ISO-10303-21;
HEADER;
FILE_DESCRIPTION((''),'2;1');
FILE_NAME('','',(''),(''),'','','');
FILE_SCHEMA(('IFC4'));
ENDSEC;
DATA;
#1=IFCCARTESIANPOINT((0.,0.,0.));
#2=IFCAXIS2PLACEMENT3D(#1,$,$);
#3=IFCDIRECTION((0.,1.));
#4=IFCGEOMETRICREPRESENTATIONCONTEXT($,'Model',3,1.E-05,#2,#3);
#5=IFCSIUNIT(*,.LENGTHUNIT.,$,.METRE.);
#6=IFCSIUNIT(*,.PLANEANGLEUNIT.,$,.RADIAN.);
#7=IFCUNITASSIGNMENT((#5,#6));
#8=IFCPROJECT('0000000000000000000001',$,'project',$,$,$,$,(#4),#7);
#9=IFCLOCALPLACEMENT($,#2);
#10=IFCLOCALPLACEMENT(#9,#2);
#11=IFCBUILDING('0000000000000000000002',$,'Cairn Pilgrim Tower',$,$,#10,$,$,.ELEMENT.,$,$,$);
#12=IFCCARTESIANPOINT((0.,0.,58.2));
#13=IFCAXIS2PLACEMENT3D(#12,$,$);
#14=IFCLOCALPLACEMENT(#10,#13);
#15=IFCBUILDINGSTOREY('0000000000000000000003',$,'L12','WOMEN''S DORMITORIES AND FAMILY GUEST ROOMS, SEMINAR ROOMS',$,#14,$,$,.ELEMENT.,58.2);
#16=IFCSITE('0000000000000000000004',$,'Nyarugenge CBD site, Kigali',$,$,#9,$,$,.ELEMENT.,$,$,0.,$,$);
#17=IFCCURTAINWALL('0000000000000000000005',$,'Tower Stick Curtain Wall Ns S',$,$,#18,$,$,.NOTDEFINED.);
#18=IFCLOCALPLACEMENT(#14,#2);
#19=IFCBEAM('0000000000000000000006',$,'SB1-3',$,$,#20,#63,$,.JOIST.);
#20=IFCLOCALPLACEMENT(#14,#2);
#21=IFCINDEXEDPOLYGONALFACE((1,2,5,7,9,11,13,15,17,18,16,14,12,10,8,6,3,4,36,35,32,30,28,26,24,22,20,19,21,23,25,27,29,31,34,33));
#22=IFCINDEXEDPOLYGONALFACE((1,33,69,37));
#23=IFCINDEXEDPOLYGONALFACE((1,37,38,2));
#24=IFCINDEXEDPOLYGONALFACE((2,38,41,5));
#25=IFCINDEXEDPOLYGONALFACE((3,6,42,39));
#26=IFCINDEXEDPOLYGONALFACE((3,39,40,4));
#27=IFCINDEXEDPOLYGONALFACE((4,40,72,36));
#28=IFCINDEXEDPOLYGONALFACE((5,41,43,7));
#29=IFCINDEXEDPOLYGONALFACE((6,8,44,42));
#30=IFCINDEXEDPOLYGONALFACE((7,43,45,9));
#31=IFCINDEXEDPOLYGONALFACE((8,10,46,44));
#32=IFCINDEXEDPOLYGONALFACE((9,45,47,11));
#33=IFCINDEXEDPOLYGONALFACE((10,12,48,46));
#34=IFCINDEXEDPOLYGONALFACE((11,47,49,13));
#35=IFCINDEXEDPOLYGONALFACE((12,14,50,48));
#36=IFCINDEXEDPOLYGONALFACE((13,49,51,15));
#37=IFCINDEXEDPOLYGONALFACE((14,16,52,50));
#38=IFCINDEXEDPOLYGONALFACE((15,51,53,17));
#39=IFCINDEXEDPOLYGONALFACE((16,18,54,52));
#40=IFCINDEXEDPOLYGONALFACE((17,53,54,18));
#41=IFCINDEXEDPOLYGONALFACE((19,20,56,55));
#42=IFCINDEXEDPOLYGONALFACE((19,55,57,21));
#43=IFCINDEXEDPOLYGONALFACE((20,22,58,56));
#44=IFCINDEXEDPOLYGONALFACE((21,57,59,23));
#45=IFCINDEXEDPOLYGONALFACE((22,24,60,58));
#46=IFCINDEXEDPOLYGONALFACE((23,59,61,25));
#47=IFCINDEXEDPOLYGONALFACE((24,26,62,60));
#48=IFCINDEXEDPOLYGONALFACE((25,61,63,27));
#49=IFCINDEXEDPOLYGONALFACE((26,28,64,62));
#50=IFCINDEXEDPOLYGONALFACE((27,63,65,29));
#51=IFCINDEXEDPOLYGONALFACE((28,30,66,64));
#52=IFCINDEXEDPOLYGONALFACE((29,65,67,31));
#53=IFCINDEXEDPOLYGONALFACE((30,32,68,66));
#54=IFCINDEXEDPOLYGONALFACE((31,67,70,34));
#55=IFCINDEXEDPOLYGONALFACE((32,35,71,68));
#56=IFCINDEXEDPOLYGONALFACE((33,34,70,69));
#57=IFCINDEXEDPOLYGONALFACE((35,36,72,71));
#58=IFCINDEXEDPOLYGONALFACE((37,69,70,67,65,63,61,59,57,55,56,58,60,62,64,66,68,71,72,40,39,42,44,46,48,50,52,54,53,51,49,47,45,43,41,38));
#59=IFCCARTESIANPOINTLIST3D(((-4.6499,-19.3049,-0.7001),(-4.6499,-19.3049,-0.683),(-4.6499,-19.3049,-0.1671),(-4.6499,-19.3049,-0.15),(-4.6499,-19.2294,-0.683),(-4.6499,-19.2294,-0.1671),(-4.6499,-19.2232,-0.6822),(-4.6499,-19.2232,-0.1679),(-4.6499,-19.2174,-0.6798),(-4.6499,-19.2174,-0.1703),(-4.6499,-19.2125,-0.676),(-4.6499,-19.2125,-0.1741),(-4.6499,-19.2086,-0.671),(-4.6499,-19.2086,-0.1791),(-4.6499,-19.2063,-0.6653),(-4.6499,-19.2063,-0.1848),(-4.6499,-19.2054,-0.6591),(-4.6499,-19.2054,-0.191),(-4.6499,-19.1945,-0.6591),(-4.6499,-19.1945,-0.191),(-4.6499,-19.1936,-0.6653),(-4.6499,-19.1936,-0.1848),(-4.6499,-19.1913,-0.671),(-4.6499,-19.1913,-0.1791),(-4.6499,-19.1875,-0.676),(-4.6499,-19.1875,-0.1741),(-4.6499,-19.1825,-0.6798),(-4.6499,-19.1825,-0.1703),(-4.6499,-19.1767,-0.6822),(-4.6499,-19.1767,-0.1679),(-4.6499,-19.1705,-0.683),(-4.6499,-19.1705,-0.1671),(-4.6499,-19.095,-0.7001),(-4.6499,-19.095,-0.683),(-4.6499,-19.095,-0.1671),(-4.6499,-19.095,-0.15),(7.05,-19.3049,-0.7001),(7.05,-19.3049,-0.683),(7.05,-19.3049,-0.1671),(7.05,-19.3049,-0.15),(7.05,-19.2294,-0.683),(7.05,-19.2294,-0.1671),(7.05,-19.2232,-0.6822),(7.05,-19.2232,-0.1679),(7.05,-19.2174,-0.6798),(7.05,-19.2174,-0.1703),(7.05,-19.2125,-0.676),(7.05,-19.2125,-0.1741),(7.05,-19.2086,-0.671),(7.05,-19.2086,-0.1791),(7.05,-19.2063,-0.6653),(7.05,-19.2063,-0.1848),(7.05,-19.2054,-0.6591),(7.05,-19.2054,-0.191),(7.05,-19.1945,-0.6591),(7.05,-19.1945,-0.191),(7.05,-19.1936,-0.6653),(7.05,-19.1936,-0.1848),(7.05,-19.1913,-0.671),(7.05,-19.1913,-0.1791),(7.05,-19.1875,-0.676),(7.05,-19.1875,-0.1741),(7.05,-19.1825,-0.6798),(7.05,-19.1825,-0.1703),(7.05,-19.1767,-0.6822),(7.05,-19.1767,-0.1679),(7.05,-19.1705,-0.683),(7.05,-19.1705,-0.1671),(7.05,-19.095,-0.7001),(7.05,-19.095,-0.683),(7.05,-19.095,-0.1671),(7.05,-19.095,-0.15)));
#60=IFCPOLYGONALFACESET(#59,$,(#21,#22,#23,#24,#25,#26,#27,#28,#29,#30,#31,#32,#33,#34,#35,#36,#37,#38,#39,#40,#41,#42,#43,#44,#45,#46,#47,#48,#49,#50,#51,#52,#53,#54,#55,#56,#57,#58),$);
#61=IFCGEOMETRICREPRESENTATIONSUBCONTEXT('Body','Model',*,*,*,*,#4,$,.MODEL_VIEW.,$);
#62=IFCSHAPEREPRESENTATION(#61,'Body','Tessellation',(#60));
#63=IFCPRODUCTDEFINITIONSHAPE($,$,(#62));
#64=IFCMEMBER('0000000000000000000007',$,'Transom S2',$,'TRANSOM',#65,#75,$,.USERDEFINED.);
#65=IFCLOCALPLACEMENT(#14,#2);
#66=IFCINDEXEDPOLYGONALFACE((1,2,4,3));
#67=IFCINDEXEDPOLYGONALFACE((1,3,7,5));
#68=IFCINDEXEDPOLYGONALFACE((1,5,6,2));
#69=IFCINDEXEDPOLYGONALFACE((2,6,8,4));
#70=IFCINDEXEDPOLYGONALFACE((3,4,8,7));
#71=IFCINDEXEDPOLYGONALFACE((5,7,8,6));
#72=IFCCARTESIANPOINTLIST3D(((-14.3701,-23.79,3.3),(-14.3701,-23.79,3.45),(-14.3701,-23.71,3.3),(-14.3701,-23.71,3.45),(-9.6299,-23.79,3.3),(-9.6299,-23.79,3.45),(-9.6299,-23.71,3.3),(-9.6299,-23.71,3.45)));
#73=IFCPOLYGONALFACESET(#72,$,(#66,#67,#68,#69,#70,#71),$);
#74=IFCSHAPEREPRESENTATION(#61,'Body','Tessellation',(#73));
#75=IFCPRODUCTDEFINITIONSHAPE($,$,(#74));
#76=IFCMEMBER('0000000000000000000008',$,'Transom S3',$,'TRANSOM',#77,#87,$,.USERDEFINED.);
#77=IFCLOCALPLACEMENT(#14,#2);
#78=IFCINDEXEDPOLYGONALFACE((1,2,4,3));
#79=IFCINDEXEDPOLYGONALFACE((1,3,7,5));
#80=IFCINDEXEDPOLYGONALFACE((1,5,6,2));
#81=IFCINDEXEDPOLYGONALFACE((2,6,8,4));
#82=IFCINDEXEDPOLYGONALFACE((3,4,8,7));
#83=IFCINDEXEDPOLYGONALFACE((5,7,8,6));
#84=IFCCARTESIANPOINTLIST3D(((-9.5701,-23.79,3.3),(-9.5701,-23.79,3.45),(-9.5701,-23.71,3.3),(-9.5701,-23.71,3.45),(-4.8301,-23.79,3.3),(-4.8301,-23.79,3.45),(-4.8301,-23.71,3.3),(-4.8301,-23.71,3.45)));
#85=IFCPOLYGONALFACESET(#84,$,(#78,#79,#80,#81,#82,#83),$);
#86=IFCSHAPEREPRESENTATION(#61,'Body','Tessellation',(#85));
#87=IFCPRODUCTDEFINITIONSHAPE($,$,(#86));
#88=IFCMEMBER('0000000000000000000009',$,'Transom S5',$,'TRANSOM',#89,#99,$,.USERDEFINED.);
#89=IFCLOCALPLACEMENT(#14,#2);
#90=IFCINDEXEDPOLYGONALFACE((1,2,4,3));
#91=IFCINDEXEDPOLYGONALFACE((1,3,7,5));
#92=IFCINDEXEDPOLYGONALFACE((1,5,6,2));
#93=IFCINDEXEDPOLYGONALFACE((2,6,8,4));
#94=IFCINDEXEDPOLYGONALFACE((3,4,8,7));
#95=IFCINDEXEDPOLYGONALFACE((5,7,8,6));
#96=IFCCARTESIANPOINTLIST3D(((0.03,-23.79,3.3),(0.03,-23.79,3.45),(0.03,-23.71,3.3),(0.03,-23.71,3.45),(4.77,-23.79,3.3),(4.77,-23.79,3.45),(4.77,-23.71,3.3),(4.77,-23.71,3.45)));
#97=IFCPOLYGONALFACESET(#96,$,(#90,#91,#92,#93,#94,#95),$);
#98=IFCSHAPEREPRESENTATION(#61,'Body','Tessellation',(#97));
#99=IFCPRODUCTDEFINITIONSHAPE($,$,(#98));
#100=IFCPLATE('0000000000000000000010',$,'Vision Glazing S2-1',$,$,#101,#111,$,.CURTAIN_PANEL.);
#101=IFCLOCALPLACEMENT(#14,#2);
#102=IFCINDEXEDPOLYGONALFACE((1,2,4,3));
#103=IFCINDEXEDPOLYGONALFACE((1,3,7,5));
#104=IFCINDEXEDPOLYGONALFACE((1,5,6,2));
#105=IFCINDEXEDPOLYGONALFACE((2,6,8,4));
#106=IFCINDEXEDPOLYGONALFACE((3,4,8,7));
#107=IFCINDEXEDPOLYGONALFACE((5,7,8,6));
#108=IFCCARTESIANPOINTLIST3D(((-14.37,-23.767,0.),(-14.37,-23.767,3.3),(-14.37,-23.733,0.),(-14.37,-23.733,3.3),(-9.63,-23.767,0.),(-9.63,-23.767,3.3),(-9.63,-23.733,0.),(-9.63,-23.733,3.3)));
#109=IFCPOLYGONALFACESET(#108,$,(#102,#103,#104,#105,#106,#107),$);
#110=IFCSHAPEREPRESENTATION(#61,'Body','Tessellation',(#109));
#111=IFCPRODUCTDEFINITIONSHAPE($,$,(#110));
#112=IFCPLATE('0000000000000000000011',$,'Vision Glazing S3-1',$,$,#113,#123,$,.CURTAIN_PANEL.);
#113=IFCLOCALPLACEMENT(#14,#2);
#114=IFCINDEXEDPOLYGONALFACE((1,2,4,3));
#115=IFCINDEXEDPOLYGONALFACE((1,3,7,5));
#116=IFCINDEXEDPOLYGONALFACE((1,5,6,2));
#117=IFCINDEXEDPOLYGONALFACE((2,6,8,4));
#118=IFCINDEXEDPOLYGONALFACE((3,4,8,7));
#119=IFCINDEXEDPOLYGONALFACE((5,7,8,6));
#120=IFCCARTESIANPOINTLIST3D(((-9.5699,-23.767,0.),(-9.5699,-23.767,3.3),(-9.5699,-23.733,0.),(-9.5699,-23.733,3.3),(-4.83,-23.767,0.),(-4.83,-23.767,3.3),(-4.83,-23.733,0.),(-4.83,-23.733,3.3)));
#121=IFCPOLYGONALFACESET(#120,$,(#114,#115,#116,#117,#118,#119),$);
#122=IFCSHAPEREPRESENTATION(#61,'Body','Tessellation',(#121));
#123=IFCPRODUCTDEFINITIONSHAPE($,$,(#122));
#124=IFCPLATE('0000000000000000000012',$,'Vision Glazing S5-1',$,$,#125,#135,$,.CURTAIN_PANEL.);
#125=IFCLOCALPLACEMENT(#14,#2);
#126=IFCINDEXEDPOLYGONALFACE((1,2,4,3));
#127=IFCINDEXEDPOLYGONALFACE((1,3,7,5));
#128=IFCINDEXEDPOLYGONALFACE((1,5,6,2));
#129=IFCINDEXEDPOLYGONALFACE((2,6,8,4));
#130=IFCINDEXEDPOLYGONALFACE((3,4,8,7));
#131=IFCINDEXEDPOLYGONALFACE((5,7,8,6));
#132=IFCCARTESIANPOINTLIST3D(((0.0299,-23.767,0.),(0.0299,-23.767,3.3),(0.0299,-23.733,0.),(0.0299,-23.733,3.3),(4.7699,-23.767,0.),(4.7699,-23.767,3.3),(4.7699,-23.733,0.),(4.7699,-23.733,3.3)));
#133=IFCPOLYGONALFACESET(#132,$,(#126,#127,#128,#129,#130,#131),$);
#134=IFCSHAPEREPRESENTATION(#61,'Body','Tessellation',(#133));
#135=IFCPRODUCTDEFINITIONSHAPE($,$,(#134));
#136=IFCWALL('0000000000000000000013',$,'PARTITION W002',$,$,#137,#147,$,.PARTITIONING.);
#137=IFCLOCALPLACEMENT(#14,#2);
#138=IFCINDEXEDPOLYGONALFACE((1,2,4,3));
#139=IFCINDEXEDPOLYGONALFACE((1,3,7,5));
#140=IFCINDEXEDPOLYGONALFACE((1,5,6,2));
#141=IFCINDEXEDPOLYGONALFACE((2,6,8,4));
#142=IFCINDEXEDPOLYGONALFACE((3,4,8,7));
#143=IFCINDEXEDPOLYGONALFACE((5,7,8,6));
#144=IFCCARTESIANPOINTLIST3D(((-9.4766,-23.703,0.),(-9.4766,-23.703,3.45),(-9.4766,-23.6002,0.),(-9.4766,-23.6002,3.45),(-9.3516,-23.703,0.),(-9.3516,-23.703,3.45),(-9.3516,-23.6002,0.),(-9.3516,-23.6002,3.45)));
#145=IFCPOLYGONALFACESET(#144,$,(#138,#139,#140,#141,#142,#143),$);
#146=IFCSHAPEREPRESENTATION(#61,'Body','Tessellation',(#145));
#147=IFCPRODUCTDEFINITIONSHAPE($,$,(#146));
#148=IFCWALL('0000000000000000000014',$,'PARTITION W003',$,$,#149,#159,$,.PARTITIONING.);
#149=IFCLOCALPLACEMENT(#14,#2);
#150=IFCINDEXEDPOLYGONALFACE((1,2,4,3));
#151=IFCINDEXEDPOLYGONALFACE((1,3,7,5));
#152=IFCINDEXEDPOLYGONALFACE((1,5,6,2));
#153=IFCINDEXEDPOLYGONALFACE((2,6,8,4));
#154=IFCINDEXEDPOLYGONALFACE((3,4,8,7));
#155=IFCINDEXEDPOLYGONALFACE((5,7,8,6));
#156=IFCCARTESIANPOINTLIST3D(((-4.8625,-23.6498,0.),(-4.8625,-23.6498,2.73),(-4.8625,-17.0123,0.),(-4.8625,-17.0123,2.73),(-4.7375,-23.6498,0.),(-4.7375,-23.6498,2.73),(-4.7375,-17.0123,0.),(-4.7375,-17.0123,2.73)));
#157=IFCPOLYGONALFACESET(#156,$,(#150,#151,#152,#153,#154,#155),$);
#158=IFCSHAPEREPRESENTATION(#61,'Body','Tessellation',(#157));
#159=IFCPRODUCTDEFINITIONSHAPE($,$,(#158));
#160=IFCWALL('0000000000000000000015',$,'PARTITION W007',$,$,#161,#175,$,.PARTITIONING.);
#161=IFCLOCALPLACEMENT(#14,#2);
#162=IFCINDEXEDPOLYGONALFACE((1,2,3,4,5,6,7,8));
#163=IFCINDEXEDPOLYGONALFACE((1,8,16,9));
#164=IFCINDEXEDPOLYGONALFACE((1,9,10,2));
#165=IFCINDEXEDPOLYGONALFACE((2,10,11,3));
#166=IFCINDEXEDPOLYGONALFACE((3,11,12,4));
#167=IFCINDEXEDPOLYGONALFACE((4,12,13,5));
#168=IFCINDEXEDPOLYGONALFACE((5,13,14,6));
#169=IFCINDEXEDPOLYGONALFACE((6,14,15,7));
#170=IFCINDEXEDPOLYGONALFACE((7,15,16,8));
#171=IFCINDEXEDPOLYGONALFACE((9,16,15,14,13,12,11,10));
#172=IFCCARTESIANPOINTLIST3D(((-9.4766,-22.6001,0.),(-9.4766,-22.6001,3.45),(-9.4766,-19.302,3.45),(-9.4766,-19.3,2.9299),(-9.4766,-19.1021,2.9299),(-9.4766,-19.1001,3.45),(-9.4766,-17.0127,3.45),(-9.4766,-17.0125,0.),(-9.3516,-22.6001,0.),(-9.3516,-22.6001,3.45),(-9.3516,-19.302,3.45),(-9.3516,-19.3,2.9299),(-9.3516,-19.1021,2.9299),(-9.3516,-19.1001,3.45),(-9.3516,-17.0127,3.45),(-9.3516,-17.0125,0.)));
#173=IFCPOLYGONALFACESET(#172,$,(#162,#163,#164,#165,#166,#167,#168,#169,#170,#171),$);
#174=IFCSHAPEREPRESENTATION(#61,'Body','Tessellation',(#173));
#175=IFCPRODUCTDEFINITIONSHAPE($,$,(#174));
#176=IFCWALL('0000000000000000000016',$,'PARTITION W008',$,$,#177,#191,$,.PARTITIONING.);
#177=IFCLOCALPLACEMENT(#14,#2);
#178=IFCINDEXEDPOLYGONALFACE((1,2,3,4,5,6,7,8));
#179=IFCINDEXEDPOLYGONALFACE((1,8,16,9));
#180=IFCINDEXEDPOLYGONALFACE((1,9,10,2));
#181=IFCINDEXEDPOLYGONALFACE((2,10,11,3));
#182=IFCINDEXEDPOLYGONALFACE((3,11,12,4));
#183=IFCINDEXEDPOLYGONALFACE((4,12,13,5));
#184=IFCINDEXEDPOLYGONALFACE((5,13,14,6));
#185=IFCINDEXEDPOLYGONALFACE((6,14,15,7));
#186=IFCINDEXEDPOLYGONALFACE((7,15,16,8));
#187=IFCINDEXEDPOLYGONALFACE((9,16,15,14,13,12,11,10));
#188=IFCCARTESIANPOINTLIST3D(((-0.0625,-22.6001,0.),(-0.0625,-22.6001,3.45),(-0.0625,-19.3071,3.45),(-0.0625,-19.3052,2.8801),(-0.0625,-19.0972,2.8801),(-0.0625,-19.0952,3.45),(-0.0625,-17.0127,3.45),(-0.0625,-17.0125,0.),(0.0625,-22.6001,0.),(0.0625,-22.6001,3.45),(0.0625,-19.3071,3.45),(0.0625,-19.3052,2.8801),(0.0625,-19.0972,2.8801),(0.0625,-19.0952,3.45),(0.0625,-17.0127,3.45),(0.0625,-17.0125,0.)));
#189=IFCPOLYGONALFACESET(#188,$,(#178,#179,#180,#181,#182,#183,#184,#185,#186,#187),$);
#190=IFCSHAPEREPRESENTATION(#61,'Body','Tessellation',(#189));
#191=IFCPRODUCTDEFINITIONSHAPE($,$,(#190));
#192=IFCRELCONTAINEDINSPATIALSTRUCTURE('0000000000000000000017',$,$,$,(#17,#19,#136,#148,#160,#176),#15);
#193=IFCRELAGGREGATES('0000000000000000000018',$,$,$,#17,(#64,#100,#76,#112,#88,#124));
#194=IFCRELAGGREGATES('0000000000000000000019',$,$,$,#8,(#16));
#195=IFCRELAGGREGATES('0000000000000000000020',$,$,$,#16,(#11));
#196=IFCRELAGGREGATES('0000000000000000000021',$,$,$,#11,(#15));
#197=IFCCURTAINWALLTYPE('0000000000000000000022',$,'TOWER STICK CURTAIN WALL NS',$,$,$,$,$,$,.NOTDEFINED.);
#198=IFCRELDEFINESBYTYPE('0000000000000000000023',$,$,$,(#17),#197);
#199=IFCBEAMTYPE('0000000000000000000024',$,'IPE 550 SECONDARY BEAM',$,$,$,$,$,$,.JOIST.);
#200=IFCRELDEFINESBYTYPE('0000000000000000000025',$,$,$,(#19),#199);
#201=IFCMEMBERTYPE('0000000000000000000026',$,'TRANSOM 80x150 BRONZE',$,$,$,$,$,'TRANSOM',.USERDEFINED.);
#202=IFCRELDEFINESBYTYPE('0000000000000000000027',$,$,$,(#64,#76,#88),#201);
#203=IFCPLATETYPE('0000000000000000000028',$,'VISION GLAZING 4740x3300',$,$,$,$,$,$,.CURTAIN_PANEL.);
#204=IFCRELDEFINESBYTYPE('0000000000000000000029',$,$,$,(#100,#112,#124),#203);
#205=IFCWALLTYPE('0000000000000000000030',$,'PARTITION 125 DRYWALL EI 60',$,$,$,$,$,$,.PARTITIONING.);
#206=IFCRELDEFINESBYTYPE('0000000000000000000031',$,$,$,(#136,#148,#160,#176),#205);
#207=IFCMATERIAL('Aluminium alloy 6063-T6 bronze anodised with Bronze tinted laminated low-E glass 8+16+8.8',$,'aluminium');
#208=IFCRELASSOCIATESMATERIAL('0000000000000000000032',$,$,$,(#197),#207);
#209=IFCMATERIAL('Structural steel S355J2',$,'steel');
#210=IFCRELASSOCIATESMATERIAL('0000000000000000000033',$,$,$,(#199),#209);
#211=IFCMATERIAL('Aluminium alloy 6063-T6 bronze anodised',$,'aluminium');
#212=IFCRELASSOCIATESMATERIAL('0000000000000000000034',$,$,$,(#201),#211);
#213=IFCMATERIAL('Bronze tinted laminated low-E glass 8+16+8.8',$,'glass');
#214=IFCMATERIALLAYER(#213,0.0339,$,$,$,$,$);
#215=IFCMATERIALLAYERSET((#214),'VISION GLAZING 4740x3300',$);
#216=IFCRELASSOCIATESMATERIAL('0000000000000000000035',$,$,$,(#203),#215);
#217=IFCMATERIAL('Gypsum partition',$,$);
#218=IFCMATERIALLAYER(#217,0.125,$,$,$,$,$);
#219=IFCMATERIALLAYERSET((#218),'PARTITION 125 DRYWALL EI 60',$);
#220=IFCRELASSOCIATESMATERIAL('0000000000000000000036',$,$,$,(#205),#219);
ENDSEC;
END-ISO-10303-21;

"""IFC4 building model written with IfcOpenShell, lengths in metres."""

from ifc_helpers import new_model, si_unit, direction, frame, frame_2d, origin, origin_2d, place, context, subcontext, project, spatial, polyline, rectangle, i_section, outline, extrude, material, layer, layer_set, material_profile, profile_set, type_object, element, aggregate, save


model = new_model("IFC4")

# Units and contexts
model_context = context("Model", 3, precision=1e-05, world=origin(), true_north=direction((0.0, 1.0)))
body_context = subcontext(model_context, "Body", "Model", "MODEL_VIEW")
ifc_project = project(units=[si_unit("LENGTHUNIT", "METRE"), si_unit("PLANEANGLEUNIT", "RADIAN")], contexts=[model_context])

# Site, building, storey
site_placement = place(None, origin())
site = spatial("IfcSite", under=ifc_project, at=site_placement, Name="Nyarugenge CBD site, Kigali", CompositionType="ELEMENT", RefElevation=0.0)
building_placement = place(site_placement, origin())
building = spatial("IfcBuilding", under=site, at=building_placement, Name="Cairn Pilgrim Tower", CompositionType="ELEMENT")
storey_placement = place(building_placement, frame((0.0, 0.0, 58.2)))
storey = spatial("IfcBuildingStorey", under=building, at=storey_placement, Name="L12", Description="WOMEN'S DORMITORIES AND FAMILY GUEST ROOMS, SEMINAR ROOMS", CompositionType="ELEMENT", Elevation=58.2)

# Curtain wall
ifc_material_1 = material(Name="Aluminium alloy 6063-T6 bronze anodised with Bronze tinted laminated low-E glass 8+16+8.8", Category="aluminium")
curtain_wall_type = type_object("IfcCurtainWallType", Name="TOWER STICK CURTAIN WALL NS", PredefinedType="NOTDEFINED", material=ifc_material_1)
curtain_wall_placement = place(storey_placement, origin())
curtain_wall = element("IfcCurtainWall", 1, at=curtain_wall_placement, inside=storey, type_object=curtain_wall_type, Name="Tower Stick Curtain Wall Ns S", PredefinedType="NOTDEFINED")
ifc_material_2 = material(Name="Aluminium alloy 6063-T6 bronze anodised", Category="aluminium")

# Beam
ifc_material_3 = material(Name="Structural steel S355J2", Category="steel")
ifc_material_profile_1 = material_profile(ifc_material_3, i_section(OverallWidth=0.21, OverallDepth=0.55, WebThickness=0.011, FlangeThickness=0.0171, FilletRadius=0.0239, at=origin_2d()), Name="IPE 550")
ifc_profile_set_1 = profile_set([ifc_material_profile_1], Name="Structural steel S355J2")
beam_type_1 = type_object("IfcBeamType", Name="IPE 550 SECONDARY BEAM", PredefinedType="JOIST", material=ifc_profile_set_1)
beam_1_placement = place(storey_placement, frame((-4.6499, -19.2, -0.425), z_axis=(1.0, 0.0, 0.0), x_axis=(0.0, 1.0, 0.0)))
element("IfcBeam", 2, at=beam_1_placement, inside=storey, type_object=beam_type_1, Name="SB1-3", PredefinedType="JOIST", context=body_context, shape_type="SweptSolid", body=[
    extrude(i_section(OverallWidth=0.21, OverallDepth=0.55, WebThickness=0.011, FlangeThickness=0.0171, FilletRadius=0.0239, at=origin_2d()), origin(), (0.0, 0.0, 1.0), 11.7),
])

# Members
ifc_material_profile_2 = material_profile(ifc_material_2, rectangle(XDim=0.0801, YDim=0.1499, at=origin_2d()), Name="TRANSOM 80x150 BRONZE")
ifc_profile_set_2 = profile_set([ifc_material_profile_2], Name="Aluminium alloy 6063-T6 bronze anodised")
member_type_1 = type_object("IfcMemberType", Name="TRANSOM 80x150 BRONZE", ElementType="TRANSOM", PredefinedType="USERDEFINED", material=ifc_profile_set_2)
member_1_placement = place(storey_placement, frame((-14.3701, -23.75, 3.375), z_axis=(1.0, 0.0, 0.0), x_axis=(0.0, 1.0, 0.0)))
member_1 = element("IfcMember", 3, at=member_1_placement, type_object=member_type_1, Name="Transom S2", ObjectType="TRANSOM", PredefinedType="USERDEFINED", context=body_context, shape_type="SweptSolid", body=[
    extrude(rectangle(XDim=0.0801, YDim=0.1499, at=origin_2d()), origin(), (0.0, 0.0, 1.0), 4.7402),
])
member_2_placement = place(storey_placement, frame((-9.5701, -23.75, 3.375), z_axis=(1.0, 0.0, 0.0), x_axis=(0.0, 1.0, 0.0)))
member_2 = element("IfcMember", 4, at=member_2_placement, type_object=member_type_1, Name="Transom S3", ObjectType="TRANSOM", PredefinedType="USERDEFINED", context=body_context, shape_type="SweptSolid", body=[
    extrude(rectangle(XDim=0.0801, YDim=0.1499, at=origin_2d()), origin(), (0.0, 0.0, 1.0), 4.74),
])
member_3_placement = place(storey_placement, frame((0.03, -23.75, 3.375), z_axis=(1.0, 0.0, 0.0), x_axis=(0.0, 1.0, 0.0)))
member_3 = element("IfcMember", 5, at=member_3_placement, type_object=member_type_1, Name="Transom S5", ObjectType="TRANSOM", PredefinedType="USERDEFINED", context=body_context, shape_type="SweptSolid", body=[
    extrude(rectangle(XDim=0.0801, YDim=0.1499, at=origin_2d()), origin(), (0.0, 0.0, 1.0), 4.74),
])

# Plates
ifc_material_4 = material(Name="Bronze tinted laminated low-E glass 8+16+8.8", Category="glass")
ifc_layer_1 = layer(ifc_material_4, 0.0339)
ifc_layer_set_1 = layer_set([ifc_layer_1], Name="VISION GLAZING 4740x3300")
plate_type = type_object("IfcPlateType", Name="VISION GLAZING 4740x3300", PredefinedType="CURTAIN_PANEL", material=ifc_layer_set_1)
plate_1_placement = place(storey_placement, frame((-12.0, -23.75, 0.0), z_axis=(0.0, 0.0, 1.0), x_axis=(1.0, 0.0, 0.0)))
plate_1 = element("IfcPlate", 6, at=plate_1_placement, type_object=plate_type, Name="Vision Glazing S2-1", PredefinedType="CURTAIN_PANEL", context=body_context, shape_type="SweptSolid", body=[
    extrude(rectangle(XDim=4.74, YDim=0.0339, at=origin_2d()), origin(), (0.0, 0.0, 1.0), 3.3),
])
plate_2_placement = place(storey_placement, frame((-7.2, -23.75, 0.0), z_axis=(0.0, 0.0, 1.0), x_axis=(1.0, 0.0, 0.0)))
plate_2 = element("IfcPlate", 7, at=plate_2_placement, type_object=plate_type, Name="Vision Glazing S3-1", PredefinedType="CURTAIN_PANEL", context=body_context, shape_type="SweptSolid", body=[
    extrude(rectangle(XDim=4.74, YDim=0.0339, at=origin_2d()), origin(), (0.0, 0.0, 1.0), 3.3),
])
plate_3_placement = place(storey_placement, frame((2.3999, -23.75, 0.0), z_axis=(0.0, 0.0, 1.0), x_axis=(1.0, 0.0, 0.0)))
plate_3 = element("IfcPlate", 8, at=plate_3_placement, type_object=plate_type, Name="Vision Glazing S5-1", PredefinedType="CURTAIN_PANEL", context=body_context, shape_type="SweptSolid", body=[
    extrude(rectangle(XDim=4.74, YDim=0.0339, at=origin_2d()), origin(), (0.0, 0.0, 1.0), 3.3),
])
aggregate(curtain_wall, [member_1, plate_1, member_2, plate_2, member_3, plate_3])

# Walls
ifc_material_5 = material(Name="Gypsum partition")
ifc_layer_2 = layer(ifc_material_5, 0.125)
ifc_layer_set_2 = layer_set([ifc_layer_2], Name="PARTITION 125 DRYWALL EI 60")
wall_type_1 = type_object("IfcWallType", Name="PARTITION 125 DRYWALL EI 60", PredefinedType="PARTITIONING", material=ifc_layer_set_2)
wall_1_placement = place(storey_placement, frame((-9.4141, -23.7029, 0.0), z_axis=(0.0, 0.0, 1.0), x_axis=(0.0, 1.0, 0.0)))
element("IfcWall", 9, at=wall_1_placement, inside=storey, type_object=wall_type_1, Name="PARTITION W002", PredefinedType="PARTITIONING", context=body_context, shape_type="SweptSolid", body=[
    extrude(rectangle(XDim=0.1028, YDim=0.125, at=frame_2d((0.0513, 0.0))), origin(), (0.0, 0.0, 1.0), 3.45),
])
wall_2_placement = place(storey_placement, frame((-4.8, -23.6499, 0.0), z_axis=(0.0, 0.0, 1.0), x_axis=(0.0, 1.0, 0.0)))
element("IfcWall", 10, at=wall_2_placement, inside=storey, type_object=wall_type_1, Name="PARTITION W003", PredefinedType="PARTITIONING", context=body_context, shape_type="SweptSolid", body=[
    extrude(rectangle(XDim=6.6375, YDim=0.125, at=frame_2d((3.3188, 0.0))), origin(), (0.0, 0.0, 1.0), 2.73),
])
wall_3_placement = place(storey_placement, frame((-9.4141, -22.6001, 0.0), z_axis=(0.0, 0.0, 1.0), x_axis=(0.0, 1.0, 0.0)))
element("IfcWall", 11, at=wall_3_placement, inside=storey, type_object=wall_type_1, Name="PARTITION W007", PredefinedType="PARTITIONING", context=body_context, shape_type="SweptSolid", body=[
    extrude(outline(polyline([(0.0, 0.0), (5.5876, 0.0), (5.5874, 3.45), (3.5, 3.45), (3.498, 2.9299), (3.3, 2.9299), (3.2981, 3.45), (0.0, 3.45), (0.0, 0.0)])), frame((0.0, 0.0625, 0.0), z_axis=(0.0, -1.0, 0.0), x_axis=(1.0, 0.0, 0.0)), (0.0, 0.0, 1.0), 0.125),
])
wall_4_placement = place(storey_placement, frame((0.0, -22.6001, 0.0), z_axis=(0.0, 0.0, 1.0), x_axis=(0.0, 1.0, 0.0)))
element("IfcWall", 12, at=wall_4_placement, inside=storey, type_object=wall_type_1, Name="PARTITION W008", PredefinedType="PARTITIONING", context=body_context, shape_type="SweptSolid", body=[
    extrude(outline(polyline([(0.0, 0.0), (5.5876, 0.0), (5.5874, 3.45), (3.5049, 3.45), (3.5029, 2.8801), (3.2949, 2.8801), (3.293, 3.45), (0.0, 3.45), (0.0, 0.0)])), frame((0.0, 0.0625, 0.0), z_axis=(0.0, -1.0, 0.0), x_axis=(1.0, 0.0, 0.0)), (0.0, 0.0, 1.0), 0.125),
])

save(model, "model.ifc")
